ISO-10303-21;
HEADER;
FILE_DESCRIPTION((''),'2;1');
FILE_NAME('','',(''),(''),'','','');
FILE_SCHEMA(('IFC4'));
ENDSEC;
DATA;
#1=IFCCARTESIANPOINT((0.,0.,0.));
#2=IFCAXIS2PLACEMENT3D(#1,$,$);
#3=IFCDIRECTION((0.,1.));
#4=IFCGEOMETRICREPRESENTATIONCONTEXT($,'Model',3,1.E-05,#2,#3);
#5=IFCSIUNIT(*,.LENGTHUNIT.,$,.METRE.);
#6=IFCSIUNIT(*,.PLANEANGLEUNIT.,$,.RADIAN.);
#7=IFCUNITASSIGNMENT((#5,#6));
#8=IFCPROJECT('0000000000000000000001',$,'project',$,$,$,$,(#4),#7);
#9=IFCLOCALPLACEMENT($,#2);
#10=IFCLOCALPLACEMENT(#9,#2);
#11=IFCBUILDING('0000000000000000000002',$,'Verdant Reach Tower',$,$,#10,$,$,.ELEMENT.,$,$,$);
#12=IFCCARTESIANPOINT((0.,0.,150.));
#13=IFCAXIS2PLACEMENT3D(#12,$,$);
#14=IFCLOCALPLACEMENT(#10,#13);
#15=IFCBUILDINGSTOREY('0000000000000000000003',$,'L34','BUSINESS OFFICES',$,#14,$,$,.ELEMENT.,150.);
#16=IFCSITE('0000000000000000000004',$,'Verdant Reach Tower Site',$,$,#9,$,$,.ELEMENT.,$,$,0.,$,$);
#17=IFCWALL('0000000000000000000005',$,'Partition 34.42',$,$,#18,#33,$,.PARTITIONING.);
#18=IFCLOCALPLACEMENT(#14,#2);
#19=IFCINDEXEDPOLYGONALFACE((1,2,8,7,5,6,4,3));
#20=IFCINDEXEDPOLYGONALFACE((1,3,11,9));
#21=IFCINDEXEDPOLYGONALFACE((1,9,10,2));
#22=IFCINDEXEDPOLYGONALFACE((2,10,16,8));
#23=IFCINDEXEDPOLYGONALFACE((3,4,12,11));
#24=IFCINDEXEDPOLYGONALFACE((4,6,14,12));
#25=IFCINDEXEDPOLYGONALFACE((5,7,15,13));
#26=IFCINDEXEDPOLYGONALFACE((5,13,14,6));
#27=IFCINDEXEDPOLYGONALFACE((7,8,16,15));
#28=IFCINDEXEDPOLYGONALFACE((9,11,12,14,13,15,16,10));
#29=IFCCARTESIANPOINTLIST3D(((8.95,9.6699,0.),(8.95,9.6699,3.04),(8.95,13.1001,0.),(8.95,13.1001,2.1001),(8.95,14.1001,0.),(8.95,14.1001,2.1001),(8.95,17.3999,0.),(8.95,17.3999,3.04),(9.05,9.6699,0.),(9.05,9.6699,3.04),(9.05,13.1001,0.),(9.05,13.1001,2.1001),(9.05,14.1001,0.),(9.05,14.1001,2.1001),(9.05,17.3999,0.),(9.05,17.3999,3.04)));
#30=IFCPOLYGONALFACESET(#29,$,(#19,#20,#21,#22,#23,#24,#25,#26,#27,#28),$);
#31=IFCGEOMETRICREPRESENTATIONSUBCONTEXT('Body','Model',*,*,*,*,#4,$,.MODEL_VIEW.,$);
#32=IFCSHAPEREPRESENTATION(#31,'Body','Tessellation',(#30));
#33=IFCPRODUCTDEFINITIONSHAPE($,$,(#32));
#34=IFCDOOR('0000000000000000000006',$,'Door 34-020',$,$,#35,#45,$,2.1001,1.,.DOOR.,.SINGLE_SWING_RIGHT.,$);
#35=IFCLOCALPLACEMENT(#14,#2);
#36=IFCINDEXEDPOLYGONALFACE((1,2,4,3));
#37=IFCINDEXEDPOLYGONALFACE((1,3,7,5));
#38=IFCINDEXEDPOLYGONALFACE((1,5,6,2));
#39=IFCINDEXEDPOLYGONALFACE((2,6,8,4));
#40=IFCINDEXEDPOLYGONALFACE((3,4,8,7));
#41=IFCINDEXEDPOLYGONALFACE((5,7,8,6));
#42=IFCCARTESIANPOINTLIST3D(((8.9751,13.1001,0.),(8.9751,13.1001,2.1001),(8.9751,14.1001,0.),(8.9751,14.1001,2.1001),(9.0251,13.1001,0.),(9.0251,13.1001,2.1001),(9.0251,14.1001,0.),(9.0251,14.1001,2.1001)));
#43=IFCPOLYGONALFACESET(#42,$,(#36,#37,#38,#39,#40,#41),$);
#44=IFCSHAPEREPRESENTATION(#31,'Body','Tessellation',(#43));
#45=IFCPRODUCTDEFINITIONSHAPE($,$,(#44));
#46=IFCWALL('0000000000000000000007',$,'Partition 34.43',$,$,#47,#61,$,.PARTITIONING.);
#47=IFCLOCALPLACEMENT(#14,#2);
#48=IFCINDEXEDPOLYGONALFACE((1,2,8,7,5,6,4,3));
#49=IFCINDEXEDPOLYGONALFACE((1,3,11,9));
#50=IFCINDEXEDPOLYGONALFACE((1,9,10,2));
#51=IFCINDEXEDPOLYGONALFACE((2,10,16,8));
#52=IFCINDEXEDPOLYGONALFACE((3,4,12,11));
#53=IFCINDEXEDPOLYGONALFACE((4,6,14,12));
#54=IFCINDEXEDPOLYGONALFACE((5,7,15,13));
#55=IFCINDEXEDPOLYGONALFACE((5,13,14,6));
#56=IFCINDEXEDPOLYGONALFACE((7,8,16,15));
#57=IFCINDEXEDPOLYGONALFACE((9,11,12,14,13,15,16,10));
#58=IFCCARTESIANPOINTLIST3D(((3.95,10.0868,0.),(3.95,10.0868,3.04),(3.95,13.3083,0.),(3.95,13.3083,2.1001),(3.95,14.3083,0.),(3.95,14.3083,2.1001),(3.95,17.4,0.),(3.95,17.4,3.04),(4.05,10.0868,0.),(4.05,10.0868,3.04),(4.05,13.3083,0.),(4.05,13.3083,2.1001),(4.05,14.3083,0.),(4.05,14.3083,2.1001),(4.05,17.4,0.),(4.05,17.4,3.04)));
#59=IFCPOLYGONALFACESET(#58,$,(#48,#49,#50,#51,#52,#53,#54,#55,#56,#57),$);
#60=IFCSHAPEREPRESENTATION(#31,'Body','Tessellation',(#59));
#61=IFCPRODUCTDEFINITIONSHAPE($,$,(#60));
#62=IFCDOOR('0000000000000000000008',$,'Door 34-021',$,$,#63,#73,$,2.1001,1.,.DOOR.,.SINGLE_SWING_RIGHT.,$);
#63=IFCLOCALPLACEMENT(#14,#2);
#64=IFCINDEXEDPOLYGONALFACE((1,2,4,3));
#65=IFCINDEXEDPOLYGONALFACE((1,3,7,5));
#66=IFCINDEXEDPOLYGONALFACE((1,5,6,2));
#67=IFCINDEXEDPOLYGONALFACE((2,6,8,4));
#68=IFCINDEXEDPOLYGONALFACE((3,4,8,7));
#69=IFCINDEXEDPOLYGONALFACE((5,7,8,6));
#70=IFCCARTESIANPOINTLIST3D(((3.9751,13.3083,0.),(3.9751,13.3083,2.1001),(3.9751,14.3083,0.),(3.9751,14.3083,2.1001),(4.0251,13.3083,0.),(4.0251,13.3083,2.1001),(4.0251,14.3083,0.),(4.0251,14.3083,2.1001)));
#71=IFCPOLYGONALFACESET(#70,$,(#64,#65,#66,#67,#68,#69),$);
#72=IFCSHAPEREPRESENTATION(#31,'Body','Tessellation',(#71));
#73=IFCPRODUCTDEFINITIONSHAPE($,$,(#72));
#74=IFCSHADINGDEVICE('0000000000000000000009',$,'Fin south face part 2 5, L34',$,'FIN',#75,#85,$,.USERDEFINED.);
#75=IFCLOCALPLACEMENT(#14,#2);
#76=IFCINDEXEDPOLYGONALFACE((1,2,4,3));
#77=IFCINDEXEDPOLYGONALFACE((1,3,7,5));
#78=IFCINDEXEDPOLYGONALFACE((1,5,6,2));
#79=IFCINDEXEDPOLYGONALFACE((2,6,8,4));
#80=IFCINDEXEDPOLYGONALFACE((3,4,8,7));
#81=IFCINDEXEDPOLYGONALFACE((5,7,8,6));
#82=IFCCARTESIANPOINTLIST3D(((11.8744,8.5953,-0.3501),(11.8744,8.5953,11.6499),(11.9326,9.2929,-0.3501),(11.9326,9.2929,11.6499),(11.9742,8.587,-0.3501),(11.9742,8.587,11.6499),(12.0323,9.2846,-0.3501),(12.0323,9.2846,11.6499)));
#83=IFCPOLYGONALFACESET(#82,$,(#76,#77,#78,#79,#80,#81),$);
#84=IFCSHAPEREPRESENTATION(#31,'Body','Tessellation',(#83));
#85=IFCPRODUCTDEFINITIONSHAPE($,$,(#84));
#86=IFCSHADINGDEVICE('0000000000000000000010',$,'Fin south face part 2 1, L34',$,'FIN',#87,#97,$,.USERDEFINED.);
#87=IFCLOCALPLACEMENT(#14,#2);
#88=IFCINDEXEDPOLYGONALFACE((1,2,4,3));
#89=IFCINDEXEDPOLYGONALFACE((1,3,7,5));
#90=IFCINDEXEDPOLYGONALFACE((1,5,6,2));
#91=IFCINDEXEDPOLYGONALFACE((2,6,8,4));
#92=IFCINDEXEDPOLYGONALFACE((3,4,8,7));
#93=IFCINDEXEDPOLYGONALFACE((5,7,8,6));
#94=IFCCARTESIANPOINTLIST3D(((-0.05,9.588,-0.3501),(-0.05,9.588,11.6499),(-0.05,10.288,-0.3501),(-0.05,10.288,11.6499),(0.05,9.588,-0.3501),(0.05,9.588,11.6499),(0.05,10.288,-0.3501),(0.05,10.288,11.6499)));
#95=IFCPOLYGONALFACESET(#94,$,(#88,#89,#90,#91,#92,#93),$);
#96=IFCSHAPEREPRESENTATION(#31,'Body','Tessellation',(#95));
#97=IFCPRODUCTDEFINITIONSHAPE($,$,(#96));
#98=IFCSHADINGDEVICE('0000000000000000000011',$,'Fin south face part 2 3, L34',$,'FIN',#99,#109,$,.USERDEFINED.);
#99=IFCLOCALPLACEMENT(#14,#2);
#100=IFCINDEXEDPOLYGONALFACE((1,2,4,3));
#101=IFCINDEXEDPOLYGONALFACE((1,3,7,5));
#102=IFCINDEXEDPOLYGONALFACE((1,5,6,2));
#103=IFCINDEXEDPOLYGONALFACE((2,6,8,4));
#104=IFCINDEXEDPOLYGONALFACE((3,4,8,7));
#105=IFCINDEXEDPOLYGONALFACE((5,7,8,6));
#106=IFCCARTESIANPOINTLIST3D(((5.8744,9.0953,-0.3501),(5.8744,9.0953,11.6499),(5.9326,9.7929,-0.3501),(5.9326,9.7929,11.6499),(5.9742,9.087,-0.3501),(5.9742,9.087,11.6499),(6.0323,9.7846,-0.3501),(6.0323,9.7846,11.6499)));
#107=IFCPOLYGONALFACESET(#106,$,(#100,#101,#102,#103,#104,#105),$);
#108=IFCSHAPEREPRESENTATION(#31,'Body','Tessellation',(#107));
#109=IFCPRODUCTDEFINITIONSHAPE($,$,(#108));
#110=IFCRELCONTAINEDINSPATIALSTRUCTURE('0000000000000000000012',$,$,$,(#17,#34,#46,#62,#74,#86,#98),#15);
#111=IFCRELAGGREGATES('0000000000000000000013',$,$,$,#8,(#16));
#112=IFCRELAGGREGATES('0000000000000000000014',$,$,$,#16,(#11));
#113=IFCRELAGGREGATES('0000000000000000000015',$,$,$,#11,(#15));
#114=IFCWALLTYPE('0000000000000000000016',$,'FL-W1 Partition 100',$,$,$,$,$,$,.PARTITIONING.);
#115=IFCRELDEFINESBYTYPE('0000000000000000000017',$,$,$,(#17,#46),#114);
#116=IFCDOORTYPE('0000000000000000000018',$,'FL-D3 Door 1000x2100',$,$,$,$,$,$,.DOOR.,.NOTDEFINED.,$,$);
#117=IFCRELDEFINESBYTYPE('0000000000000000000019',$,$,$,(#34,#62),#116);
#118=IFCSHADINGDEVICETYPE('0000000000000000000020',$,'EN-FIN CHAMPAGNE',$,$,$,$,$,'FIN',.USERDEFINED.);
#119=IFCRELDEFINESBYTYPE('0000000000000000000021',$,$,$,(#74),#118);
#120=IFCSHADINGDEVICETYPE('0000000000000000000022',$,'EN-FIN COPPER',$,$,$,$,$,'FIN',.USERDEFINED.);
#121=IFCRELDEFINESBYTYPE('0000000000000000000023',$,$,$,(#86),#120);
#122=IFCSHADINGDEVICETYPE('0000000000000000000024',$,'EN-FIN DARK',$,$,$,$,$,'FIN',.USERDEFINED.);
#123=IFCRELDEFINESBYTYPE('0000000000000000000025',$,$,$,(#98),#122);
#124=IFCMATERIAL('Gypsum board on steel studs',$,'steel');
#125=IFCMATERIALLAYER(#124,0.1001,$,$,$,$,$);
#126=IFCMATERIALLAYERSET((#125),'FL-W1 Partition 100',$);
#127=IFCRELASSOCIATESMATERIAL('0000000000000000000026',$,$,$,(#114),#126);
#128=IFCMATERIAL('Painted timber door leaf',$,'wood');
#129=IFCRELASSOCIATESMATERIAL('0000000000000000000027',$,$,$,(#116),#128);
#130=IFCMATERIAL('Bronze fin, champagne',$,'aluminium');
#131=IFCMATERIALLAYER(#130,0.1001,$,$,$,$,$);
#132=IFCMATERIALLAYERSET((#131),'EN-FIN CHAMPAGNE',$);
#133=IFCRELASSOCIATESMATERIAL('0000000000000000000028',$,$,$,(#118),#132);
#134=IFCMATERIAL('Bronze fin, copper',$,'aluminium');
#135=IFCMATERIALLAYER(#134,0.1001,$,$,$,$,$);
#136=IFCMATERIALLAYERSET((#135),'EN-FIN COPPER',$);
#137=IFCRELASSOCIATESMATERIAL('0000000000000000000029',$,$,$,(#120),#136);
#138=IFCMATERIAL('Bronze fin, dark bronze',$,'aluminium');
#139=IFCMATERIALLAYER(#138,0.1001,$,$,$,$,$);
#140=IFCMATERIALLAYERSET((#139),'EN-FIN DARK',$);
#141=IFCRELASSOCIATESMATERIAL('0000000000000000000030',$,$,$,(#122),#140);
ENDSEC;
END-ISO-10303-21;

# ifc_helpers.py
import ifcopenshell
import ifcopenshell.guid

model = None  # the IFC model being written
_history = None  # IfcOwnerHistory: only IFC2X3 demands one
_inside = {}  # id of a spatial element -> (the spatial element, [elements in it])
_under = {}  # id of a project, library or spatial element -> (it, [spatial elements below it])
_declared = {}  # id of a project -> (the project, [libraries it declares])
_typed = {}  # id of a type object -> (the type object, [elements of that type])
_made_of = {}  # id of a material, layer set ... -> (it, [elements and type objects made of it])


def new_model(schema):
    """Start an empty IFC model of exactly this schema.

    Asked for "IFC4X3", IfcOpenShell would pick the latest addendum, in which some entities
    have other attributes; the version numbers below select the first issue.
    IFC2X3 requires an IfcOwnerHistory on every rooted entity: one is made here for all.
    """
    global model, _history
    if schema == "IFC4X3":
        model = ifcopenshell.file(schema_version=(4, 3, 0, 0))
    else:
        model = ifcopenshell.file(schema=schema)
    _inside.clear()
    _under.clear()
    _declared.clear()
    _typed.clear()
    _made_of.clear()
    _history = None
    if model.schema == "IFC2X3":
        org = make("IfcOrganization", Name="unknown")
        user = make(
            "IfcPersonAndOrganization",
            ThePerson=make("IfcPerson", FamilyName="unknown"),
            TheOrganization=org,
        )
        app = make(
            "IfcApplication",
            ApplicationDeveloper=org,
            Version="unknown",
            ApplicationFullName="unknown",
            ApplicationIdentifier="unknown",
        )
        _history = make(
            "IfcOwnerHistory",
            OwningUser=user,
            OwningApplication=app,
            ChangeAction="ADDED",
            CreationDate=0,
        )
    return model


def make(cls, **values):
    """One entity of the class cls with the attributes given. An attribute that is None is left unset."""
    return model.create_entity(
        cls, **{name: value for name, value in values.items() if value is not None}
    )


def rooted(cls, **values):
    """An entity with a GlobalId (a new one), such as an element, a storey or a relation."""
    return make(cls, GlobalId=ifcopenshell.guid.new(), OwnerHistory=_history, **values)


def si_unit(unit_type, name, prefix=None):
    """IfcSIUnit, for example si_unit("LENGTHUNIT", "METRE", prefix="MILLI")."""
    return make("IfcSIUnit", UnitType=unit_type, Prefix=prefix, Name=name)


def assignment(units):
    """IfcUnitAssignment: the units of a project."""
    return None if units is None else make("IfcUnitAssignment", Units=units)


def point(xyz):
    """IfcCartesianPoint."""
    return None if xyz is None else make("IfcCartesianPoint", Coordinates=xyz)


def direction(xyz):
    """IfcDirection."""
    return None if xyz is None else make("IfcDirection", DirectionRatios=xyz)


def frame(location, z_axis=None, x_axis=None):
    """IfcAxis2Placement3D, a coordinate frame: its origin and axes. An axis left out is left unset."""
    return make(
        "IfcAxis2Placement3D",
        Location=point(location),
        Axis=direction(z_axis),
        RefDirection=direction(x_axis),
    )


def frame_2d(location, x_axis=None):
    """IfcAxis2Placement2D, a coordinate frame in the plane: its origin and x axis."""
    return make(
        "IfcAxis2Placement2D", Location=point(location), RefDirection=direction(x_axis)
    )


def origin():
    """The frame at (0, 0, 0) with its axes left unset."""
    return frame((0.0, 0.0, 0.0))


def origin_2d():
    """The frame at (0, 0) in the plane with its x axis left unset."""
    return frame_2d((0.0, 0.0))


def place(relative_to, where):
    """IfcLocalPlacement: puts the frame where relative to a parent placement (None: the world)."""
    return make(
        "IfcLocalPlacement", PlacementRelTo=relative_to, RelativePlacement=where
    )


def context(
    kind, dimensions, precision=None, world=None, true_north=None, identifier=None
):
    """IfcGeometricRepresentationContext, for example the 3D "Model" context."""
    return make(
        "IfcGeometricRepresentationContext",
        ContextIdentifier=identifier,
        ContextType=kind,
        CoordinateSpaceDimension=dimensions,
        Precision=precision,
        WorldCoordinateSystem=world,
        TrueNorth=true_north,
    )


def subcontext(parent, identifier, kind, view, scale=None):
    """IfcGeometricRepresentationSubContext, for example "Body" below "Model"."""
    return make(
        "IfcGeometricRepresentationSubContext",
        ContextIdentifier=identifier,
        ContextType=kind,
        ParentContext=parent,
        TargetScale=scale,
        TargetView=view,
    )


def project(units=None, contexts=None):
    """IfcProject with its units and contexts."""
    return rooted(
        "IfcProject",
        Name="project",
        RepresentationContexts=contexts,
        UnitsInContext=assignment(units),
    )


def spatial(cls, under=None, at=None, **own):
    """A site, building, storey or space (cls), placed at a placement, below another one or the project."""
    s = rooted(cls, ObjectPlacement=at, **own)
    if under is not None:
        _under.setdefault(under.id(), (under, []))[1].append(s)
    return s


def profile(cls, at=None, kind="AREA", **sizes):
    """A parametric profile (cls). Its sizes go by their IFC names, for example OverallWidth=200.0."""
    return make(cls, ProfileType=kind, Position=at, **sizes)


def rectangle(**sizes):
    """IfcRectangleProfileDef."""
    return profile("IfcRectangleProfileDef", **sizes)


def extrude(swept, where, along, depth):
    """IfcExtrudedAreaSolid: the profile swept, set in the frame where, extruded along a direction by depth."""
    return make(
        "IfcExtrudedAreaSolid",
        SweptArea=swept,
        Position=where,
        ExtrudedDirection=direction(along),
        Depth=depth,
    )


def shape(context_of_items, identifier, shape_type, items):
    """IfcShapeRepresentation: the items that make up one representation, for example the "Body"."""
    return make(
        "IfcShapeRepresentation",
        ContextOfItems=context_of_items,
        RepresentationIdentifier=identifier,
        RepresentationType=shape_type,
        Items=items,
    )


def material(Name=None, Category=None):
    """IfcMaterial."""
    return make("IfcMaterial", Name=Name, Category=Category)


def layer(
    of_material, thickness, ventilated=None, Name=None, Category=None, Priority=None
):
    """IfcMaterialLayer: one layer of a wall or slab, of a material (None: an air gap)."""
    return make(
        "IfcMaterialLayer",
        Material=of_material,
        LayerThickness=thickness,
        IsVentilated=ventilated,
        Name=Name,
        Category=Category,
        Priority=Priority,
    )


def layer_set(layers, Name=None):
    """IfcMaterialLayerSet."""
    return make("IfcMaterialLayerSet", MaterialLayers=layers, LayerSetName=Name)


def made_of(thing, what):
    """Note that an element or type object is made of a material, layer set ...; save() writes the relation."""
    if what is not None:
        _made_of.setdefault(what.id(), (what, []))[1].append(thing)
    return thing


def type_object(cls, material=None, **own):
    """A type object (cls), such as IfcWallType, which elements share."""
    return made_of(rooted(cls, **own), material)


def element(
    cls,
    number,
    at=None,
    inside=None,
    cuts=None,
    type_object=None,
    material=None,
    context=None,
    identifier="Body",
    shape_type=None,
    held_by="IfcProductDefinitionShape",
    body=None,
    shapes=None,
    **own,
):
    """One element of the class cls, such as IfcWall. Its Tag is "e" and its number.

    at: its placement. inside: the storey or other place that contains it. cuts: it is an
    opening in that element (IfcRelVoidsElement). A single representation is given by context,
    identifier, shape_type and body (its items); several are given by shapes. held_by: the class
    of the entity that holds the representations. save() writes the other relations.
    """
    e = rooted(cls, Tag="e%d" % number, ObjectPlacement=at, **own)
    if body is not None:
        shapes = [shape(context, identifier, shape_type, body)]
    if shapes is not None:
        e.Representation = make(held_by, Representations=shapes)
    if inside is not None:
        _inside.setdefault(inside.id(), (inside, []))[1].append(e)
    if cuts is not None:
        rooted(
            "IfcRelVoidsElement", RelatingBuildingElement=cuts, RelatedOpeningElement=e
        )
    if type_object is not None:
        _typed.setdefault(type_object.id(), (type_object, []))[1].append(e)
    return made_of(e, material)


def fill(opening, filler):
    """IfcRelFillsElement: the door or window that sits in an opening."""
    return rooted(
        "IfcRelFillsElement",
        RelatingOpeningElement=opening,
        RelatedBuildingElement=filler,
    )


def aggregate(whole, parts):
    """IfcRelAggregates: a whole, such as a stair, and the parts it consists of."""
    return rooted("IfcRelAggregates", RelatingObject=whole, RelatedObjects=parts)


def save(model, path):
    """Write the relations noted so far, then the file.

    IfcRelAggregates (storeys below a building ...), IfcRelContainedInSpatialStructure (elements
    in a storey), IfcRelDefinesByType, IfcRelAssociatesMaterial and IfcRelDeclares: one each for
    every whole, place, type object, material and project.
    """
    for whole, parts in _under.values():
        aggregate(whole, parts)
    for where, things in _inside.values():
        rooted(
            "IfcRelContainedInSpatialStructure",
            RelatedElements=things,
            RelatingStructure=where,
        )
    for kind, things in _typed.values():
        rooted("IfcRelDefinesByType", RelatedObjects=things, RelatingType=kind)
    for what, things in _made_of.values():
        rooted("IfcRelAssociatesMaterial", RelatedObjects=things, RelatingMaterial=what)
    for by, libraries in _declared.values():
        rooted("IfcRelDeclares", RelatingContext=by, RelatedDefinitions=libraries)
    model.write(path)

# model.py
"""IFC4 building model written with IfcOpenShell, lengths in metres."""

from ifc_helpers import new_model, si_unit, direction, frame, frame_2d, origin, origin_2d, place, context, subcontext, project, spatial, rectangle, extrude, material, layer, layer_set, type_object, element, fill, save


model = new_model("IFC4")

# Units and contexts
model_context = context("Model", 3, precision=1e-05, world=origin(), true_north=direction((0.0, 1.0)))
body_context = subcontext(model_context, "Body", "Model", "MODEL_VIEW")
ifc_project = project(units=[si_unit("LENGTHUNIT", "METRE"), si_unit("PLANEANGLEUNIT", "RADIAN")], contexts=[model_context])

# Site, building, storey
site_placement = place(None, origin())
site = spatial("IfcSite", under=ifc_project, at=site_placement, Name="Verdant Reach Tower Site", CompositionType="ELEMENT", RefElevation=0.0)
building_placement = place(site_placement, origin())
building = spatial("IfcBuilding", under=site, at=building_placement, Name="Verdant Reach Tower", CompositionType="ELEMENT")
storey_placement = place(building_placement, frame((0.0, 0.0, 150.0)))
storey = spatial("IfcBuildingStorey", under=building, at=storey_placement, Name="L34", Description="BUSINESS OFFICES", CompositionType="ELEMENT", Elevation=150.0)

# Shared definitions
ifc_material_1 = material(Name="Gypsum board on steel studs", Category="steel")
ifc_layer_1 = layer(ifc_material_1, 0.1001)
ifc_layer_set_1 = layer_set([ifc_layer_1], Name="FL-W1 Partition 100")
wall_type = type_object("IfcWallType", Name="FL-W1 Partition 100", PredefinedType="PARTITIONING", material=ifc_layer_set_1)

# Walls, openings, doors
wall_1_placement = place(storey_placement, frame((9.0, 9.6699, 0.0), z_axis=(0.0, 0.0, 1.0), x_axis=(0.0, 1.0, 0.0)))
wall_1 = element("IfcWall", 1, at=wall_1_placement, inside=storey, type_object=wall_type, Name="Partition 34.42", PredefinedType="PARTITIONING", context=body_context, shape_type="SweptSolid", body=[
    extrude(rectangle(XDim=7.73, YDim=0.1001, at=frame_2d((3.865, 0.0))), origin(), (0.0, 0.0, 1.0), 3.04),
])
opening_1_placement = place(wall_1_placement, frame((3.4302, 0.0, 0.0)))
opening_1 = element("IfcOpeningElement", 2, at=opening_1_placement, cuts=wall_1, PredefinedType="OPENING", context=body_context, shape_type="SweptSolid", body=[
    extrude(rectangle(XDim=1.0, YDim=2.1001, at=frame_2d((0.5, 1.05))), frame((0.0, 0.0601, 0.0), z_axis=(0.0, -1.0, 0.0), x_axis=(1.0, 0.0, 0.0)), (0.0, 0.0, 1.0), 0.1201),
])
ifc_material_2 = material(Name="Painted timber door leaf", Category="wood")
door_type = type_object("IfcDoorType", Name="FL-D3 Door 1000x2100", OperationType="NOTDEFINED", PredefinedType="DOOR", material=ifc_material_2)
door_1_placement = place(opening_1_placement, origin())
door_1 = element("IfcDoor", 3, at=door_1_placement, inside=storey, type_object=door_type, Name="Door 34-020", OperationType="SINGLE_SWING_RIGHT", OverallHeight=2.1001, OverallWidth=1.0, PredefinedType="DOOR", context=body_context, shape_type="SweptSolid", body=[
    extrude(rectangle(XDim=1.0, YDim=2.1001, at=frame_2d((0.5, 1.05))), frame((0.0, 0.0249, 0.0), z_axis=(0.0, -1.0, 0.0), x_axis=(1.0, 0.0, 0.0)), (0.0, 0.0, 1.0), 0.05),
])
fill(opening_1, door_1)
wall_2_placement = place(storey_placement, frame((4.0, 10.0867, 0.0), z_axis=(0.0, 0.0, 1.0), x_axis=(0.0, 1.0, 0.0)))
wall_2 = element("IfcWall", 4, at=wall_2_placement, inside=storey, type_object=wall_type, Name="Partition 34.43", PredefinedType="PARTITIONING", context=body_context, shape_type="SweptSolid", body=[
    extrude(rectangle(XDim=7.3132, YDim=0.1001, at=frame_2d((3.6567, 0.0))), origin(), (0.0, 0.0, 1.0), 3.04),
])
opening_2_placement = place(wall_2_placement, frame((3.2217, 0.0, 0.0)))
opening_2 = element("IfcOpeningElement", 5, at=opening_2_placement, cuts=wall_2, PredefinedType="OPENING", context=body_context, shape_type="SweptSolid", body=[
    extrude(rectangle(XDim=1.0, YDim=2.1001, at=frame_2d((0.5, 1.05))), frame((0.0, 0.0601, 0.0), z_axis=(0.0, -1.0, 0.0), x_axis=(1.0, 0.0, 0.0)), (0.0, 0.0, 1.0), 0.1201),
])
door_2_placement = place(opening_2_placement, origin())
door_2 = element("IfcDoor", 6, at=door_2_placement, inside=storey, type_object=door_type, Name="Door 34-021", OperationType="SINGLE_SWING_RIGHT", OverallHeight=2.1001, OverallWidth=1.0, PredefinedType="DOOR", context=body_context, shape_type="SweptSolid", body=[
    extrude(rectangle(XDim=1.0, YDim=2.1001, at=frame_2d((0.5, 1.05))), frame((0.0, 0.0249, 0.0), z_axis=(0.0, -1.0, 0.0), x_axis=(1.0, 0.0, 0.0)), (0.0, 0.0, 1.0), 0.05),
])
fill(opening_2, door_2)

# Shading devices
ifc_material_3 = material(Name="Bronze fin, champagne", Category="aluminium")
ifc_layer_2 = layer(ifc_material_3, 0.1001)
ifc_layer_set_2 = layer_set([ifc_layer_2], Name="EN-FIN CHAMPAGNE")
shading_device_type_1 = type_object("IfcShadingDeviceType", Name="EN-FIN CHAMPAGNE", ElementType="FIN", PredefinedType="USERDEFINED", material=ifc_layer_set_2)
shading_device_1_placement = place(storey_placement, frame((11.9534, 8.9399, -0.3501), z_axis=(0.0, 0.0, 1.0), x_axis=(0.996546, -0.083045, 0.0)))
element("IfcShadingDevice", 7, at=shading_device_1_placement, inside=storey, type_object=shading_device_type_1, Name="Fin south face part 2 5, L34", ObjectType="FIN", PredefinedType="USERDEFINED", context=body_context, shape_type="SweptSolid", body=[
    extrude(rectangle(XDim=0.1001, YDim=0.7, at=origin_2d()), origin(), (0.0, 0.0, 1.0), 12.0),
])
ifc_material_4 = material(Name="Bronze fin, copper", Category="aluminium")
ifc_layer_3 = layer(ifc_material_4, 0.1001)
ifc_layer_set_3 = layer_set([ifc_layer_3], Name="EN-FIN COPPER")
shading_device_type_2 = type_object("IfcShadingDeviceType", Name="EN-FIN COPPER", ElementType="FIN", PredefinedType="USERDEFINED", material=ifc_layer_set_3)
shading_device_2_placement = place(storey_placement, frame((0.0, 9.938, -0.3501), z_axis=(0.0, 0.0, 1.0), x_axis=(1.0, 0.0, 0.0)))
element("IfcShadingDevice", 8, at=shading_device_2_placement, inside=storey, type_object=shading_device_type_2, Name="Fin south face part 2 1, L34", ObjectType="FIN", PredefinedType="USERDEFINED", context=body_context, shape_type="SweptSolid", body=[
    extrude(rectangle(XDim=0.1001, YDim=0.7, at=origin_2d()), origin(), (0.0, 0.0, 1.0), 12.0),
])
ifc_material_5 = material(Name="Bronze fin, dark bronze", Category="aluminium")
ifc_layer_4 = layer(ifc_material_5, 0.1001)
ifc_layer_set_4 = layer_set([ifc_layer_4], Name="EN-FIN DARK")
shading_device_type_3 = type_object("IfcShadingDeviceType", Name="EN-FIN DARK", ElementType="FIN", PredefinedType="USERDEFINED", material=ifc_layer_set_4)
shading_device_3_placement = place(storey_placement, frame((5.9534, 9.4399, -0.3501), z_axis=(0.0, 0.0, 1.0), x_axis=(0.996546, -0.083045, 0.0)))
element("IfcShadingDevice", 9, at=shading_device_3_placement, inside=storey, type_object=shading_device_type_3, Name="Fin south face part 2 3, L34", ObjectType="FIN", PredefinedType="USERDEFINED", context=body_context, shape_type="SweptSolid", body=[
    extrude(rectangle(XDim=0.1001, YDim=0.7, at=origin_2d()), origin(), (0.0, 0.0, 1.0), 12.0),
])

save(model, "model.ifc")
